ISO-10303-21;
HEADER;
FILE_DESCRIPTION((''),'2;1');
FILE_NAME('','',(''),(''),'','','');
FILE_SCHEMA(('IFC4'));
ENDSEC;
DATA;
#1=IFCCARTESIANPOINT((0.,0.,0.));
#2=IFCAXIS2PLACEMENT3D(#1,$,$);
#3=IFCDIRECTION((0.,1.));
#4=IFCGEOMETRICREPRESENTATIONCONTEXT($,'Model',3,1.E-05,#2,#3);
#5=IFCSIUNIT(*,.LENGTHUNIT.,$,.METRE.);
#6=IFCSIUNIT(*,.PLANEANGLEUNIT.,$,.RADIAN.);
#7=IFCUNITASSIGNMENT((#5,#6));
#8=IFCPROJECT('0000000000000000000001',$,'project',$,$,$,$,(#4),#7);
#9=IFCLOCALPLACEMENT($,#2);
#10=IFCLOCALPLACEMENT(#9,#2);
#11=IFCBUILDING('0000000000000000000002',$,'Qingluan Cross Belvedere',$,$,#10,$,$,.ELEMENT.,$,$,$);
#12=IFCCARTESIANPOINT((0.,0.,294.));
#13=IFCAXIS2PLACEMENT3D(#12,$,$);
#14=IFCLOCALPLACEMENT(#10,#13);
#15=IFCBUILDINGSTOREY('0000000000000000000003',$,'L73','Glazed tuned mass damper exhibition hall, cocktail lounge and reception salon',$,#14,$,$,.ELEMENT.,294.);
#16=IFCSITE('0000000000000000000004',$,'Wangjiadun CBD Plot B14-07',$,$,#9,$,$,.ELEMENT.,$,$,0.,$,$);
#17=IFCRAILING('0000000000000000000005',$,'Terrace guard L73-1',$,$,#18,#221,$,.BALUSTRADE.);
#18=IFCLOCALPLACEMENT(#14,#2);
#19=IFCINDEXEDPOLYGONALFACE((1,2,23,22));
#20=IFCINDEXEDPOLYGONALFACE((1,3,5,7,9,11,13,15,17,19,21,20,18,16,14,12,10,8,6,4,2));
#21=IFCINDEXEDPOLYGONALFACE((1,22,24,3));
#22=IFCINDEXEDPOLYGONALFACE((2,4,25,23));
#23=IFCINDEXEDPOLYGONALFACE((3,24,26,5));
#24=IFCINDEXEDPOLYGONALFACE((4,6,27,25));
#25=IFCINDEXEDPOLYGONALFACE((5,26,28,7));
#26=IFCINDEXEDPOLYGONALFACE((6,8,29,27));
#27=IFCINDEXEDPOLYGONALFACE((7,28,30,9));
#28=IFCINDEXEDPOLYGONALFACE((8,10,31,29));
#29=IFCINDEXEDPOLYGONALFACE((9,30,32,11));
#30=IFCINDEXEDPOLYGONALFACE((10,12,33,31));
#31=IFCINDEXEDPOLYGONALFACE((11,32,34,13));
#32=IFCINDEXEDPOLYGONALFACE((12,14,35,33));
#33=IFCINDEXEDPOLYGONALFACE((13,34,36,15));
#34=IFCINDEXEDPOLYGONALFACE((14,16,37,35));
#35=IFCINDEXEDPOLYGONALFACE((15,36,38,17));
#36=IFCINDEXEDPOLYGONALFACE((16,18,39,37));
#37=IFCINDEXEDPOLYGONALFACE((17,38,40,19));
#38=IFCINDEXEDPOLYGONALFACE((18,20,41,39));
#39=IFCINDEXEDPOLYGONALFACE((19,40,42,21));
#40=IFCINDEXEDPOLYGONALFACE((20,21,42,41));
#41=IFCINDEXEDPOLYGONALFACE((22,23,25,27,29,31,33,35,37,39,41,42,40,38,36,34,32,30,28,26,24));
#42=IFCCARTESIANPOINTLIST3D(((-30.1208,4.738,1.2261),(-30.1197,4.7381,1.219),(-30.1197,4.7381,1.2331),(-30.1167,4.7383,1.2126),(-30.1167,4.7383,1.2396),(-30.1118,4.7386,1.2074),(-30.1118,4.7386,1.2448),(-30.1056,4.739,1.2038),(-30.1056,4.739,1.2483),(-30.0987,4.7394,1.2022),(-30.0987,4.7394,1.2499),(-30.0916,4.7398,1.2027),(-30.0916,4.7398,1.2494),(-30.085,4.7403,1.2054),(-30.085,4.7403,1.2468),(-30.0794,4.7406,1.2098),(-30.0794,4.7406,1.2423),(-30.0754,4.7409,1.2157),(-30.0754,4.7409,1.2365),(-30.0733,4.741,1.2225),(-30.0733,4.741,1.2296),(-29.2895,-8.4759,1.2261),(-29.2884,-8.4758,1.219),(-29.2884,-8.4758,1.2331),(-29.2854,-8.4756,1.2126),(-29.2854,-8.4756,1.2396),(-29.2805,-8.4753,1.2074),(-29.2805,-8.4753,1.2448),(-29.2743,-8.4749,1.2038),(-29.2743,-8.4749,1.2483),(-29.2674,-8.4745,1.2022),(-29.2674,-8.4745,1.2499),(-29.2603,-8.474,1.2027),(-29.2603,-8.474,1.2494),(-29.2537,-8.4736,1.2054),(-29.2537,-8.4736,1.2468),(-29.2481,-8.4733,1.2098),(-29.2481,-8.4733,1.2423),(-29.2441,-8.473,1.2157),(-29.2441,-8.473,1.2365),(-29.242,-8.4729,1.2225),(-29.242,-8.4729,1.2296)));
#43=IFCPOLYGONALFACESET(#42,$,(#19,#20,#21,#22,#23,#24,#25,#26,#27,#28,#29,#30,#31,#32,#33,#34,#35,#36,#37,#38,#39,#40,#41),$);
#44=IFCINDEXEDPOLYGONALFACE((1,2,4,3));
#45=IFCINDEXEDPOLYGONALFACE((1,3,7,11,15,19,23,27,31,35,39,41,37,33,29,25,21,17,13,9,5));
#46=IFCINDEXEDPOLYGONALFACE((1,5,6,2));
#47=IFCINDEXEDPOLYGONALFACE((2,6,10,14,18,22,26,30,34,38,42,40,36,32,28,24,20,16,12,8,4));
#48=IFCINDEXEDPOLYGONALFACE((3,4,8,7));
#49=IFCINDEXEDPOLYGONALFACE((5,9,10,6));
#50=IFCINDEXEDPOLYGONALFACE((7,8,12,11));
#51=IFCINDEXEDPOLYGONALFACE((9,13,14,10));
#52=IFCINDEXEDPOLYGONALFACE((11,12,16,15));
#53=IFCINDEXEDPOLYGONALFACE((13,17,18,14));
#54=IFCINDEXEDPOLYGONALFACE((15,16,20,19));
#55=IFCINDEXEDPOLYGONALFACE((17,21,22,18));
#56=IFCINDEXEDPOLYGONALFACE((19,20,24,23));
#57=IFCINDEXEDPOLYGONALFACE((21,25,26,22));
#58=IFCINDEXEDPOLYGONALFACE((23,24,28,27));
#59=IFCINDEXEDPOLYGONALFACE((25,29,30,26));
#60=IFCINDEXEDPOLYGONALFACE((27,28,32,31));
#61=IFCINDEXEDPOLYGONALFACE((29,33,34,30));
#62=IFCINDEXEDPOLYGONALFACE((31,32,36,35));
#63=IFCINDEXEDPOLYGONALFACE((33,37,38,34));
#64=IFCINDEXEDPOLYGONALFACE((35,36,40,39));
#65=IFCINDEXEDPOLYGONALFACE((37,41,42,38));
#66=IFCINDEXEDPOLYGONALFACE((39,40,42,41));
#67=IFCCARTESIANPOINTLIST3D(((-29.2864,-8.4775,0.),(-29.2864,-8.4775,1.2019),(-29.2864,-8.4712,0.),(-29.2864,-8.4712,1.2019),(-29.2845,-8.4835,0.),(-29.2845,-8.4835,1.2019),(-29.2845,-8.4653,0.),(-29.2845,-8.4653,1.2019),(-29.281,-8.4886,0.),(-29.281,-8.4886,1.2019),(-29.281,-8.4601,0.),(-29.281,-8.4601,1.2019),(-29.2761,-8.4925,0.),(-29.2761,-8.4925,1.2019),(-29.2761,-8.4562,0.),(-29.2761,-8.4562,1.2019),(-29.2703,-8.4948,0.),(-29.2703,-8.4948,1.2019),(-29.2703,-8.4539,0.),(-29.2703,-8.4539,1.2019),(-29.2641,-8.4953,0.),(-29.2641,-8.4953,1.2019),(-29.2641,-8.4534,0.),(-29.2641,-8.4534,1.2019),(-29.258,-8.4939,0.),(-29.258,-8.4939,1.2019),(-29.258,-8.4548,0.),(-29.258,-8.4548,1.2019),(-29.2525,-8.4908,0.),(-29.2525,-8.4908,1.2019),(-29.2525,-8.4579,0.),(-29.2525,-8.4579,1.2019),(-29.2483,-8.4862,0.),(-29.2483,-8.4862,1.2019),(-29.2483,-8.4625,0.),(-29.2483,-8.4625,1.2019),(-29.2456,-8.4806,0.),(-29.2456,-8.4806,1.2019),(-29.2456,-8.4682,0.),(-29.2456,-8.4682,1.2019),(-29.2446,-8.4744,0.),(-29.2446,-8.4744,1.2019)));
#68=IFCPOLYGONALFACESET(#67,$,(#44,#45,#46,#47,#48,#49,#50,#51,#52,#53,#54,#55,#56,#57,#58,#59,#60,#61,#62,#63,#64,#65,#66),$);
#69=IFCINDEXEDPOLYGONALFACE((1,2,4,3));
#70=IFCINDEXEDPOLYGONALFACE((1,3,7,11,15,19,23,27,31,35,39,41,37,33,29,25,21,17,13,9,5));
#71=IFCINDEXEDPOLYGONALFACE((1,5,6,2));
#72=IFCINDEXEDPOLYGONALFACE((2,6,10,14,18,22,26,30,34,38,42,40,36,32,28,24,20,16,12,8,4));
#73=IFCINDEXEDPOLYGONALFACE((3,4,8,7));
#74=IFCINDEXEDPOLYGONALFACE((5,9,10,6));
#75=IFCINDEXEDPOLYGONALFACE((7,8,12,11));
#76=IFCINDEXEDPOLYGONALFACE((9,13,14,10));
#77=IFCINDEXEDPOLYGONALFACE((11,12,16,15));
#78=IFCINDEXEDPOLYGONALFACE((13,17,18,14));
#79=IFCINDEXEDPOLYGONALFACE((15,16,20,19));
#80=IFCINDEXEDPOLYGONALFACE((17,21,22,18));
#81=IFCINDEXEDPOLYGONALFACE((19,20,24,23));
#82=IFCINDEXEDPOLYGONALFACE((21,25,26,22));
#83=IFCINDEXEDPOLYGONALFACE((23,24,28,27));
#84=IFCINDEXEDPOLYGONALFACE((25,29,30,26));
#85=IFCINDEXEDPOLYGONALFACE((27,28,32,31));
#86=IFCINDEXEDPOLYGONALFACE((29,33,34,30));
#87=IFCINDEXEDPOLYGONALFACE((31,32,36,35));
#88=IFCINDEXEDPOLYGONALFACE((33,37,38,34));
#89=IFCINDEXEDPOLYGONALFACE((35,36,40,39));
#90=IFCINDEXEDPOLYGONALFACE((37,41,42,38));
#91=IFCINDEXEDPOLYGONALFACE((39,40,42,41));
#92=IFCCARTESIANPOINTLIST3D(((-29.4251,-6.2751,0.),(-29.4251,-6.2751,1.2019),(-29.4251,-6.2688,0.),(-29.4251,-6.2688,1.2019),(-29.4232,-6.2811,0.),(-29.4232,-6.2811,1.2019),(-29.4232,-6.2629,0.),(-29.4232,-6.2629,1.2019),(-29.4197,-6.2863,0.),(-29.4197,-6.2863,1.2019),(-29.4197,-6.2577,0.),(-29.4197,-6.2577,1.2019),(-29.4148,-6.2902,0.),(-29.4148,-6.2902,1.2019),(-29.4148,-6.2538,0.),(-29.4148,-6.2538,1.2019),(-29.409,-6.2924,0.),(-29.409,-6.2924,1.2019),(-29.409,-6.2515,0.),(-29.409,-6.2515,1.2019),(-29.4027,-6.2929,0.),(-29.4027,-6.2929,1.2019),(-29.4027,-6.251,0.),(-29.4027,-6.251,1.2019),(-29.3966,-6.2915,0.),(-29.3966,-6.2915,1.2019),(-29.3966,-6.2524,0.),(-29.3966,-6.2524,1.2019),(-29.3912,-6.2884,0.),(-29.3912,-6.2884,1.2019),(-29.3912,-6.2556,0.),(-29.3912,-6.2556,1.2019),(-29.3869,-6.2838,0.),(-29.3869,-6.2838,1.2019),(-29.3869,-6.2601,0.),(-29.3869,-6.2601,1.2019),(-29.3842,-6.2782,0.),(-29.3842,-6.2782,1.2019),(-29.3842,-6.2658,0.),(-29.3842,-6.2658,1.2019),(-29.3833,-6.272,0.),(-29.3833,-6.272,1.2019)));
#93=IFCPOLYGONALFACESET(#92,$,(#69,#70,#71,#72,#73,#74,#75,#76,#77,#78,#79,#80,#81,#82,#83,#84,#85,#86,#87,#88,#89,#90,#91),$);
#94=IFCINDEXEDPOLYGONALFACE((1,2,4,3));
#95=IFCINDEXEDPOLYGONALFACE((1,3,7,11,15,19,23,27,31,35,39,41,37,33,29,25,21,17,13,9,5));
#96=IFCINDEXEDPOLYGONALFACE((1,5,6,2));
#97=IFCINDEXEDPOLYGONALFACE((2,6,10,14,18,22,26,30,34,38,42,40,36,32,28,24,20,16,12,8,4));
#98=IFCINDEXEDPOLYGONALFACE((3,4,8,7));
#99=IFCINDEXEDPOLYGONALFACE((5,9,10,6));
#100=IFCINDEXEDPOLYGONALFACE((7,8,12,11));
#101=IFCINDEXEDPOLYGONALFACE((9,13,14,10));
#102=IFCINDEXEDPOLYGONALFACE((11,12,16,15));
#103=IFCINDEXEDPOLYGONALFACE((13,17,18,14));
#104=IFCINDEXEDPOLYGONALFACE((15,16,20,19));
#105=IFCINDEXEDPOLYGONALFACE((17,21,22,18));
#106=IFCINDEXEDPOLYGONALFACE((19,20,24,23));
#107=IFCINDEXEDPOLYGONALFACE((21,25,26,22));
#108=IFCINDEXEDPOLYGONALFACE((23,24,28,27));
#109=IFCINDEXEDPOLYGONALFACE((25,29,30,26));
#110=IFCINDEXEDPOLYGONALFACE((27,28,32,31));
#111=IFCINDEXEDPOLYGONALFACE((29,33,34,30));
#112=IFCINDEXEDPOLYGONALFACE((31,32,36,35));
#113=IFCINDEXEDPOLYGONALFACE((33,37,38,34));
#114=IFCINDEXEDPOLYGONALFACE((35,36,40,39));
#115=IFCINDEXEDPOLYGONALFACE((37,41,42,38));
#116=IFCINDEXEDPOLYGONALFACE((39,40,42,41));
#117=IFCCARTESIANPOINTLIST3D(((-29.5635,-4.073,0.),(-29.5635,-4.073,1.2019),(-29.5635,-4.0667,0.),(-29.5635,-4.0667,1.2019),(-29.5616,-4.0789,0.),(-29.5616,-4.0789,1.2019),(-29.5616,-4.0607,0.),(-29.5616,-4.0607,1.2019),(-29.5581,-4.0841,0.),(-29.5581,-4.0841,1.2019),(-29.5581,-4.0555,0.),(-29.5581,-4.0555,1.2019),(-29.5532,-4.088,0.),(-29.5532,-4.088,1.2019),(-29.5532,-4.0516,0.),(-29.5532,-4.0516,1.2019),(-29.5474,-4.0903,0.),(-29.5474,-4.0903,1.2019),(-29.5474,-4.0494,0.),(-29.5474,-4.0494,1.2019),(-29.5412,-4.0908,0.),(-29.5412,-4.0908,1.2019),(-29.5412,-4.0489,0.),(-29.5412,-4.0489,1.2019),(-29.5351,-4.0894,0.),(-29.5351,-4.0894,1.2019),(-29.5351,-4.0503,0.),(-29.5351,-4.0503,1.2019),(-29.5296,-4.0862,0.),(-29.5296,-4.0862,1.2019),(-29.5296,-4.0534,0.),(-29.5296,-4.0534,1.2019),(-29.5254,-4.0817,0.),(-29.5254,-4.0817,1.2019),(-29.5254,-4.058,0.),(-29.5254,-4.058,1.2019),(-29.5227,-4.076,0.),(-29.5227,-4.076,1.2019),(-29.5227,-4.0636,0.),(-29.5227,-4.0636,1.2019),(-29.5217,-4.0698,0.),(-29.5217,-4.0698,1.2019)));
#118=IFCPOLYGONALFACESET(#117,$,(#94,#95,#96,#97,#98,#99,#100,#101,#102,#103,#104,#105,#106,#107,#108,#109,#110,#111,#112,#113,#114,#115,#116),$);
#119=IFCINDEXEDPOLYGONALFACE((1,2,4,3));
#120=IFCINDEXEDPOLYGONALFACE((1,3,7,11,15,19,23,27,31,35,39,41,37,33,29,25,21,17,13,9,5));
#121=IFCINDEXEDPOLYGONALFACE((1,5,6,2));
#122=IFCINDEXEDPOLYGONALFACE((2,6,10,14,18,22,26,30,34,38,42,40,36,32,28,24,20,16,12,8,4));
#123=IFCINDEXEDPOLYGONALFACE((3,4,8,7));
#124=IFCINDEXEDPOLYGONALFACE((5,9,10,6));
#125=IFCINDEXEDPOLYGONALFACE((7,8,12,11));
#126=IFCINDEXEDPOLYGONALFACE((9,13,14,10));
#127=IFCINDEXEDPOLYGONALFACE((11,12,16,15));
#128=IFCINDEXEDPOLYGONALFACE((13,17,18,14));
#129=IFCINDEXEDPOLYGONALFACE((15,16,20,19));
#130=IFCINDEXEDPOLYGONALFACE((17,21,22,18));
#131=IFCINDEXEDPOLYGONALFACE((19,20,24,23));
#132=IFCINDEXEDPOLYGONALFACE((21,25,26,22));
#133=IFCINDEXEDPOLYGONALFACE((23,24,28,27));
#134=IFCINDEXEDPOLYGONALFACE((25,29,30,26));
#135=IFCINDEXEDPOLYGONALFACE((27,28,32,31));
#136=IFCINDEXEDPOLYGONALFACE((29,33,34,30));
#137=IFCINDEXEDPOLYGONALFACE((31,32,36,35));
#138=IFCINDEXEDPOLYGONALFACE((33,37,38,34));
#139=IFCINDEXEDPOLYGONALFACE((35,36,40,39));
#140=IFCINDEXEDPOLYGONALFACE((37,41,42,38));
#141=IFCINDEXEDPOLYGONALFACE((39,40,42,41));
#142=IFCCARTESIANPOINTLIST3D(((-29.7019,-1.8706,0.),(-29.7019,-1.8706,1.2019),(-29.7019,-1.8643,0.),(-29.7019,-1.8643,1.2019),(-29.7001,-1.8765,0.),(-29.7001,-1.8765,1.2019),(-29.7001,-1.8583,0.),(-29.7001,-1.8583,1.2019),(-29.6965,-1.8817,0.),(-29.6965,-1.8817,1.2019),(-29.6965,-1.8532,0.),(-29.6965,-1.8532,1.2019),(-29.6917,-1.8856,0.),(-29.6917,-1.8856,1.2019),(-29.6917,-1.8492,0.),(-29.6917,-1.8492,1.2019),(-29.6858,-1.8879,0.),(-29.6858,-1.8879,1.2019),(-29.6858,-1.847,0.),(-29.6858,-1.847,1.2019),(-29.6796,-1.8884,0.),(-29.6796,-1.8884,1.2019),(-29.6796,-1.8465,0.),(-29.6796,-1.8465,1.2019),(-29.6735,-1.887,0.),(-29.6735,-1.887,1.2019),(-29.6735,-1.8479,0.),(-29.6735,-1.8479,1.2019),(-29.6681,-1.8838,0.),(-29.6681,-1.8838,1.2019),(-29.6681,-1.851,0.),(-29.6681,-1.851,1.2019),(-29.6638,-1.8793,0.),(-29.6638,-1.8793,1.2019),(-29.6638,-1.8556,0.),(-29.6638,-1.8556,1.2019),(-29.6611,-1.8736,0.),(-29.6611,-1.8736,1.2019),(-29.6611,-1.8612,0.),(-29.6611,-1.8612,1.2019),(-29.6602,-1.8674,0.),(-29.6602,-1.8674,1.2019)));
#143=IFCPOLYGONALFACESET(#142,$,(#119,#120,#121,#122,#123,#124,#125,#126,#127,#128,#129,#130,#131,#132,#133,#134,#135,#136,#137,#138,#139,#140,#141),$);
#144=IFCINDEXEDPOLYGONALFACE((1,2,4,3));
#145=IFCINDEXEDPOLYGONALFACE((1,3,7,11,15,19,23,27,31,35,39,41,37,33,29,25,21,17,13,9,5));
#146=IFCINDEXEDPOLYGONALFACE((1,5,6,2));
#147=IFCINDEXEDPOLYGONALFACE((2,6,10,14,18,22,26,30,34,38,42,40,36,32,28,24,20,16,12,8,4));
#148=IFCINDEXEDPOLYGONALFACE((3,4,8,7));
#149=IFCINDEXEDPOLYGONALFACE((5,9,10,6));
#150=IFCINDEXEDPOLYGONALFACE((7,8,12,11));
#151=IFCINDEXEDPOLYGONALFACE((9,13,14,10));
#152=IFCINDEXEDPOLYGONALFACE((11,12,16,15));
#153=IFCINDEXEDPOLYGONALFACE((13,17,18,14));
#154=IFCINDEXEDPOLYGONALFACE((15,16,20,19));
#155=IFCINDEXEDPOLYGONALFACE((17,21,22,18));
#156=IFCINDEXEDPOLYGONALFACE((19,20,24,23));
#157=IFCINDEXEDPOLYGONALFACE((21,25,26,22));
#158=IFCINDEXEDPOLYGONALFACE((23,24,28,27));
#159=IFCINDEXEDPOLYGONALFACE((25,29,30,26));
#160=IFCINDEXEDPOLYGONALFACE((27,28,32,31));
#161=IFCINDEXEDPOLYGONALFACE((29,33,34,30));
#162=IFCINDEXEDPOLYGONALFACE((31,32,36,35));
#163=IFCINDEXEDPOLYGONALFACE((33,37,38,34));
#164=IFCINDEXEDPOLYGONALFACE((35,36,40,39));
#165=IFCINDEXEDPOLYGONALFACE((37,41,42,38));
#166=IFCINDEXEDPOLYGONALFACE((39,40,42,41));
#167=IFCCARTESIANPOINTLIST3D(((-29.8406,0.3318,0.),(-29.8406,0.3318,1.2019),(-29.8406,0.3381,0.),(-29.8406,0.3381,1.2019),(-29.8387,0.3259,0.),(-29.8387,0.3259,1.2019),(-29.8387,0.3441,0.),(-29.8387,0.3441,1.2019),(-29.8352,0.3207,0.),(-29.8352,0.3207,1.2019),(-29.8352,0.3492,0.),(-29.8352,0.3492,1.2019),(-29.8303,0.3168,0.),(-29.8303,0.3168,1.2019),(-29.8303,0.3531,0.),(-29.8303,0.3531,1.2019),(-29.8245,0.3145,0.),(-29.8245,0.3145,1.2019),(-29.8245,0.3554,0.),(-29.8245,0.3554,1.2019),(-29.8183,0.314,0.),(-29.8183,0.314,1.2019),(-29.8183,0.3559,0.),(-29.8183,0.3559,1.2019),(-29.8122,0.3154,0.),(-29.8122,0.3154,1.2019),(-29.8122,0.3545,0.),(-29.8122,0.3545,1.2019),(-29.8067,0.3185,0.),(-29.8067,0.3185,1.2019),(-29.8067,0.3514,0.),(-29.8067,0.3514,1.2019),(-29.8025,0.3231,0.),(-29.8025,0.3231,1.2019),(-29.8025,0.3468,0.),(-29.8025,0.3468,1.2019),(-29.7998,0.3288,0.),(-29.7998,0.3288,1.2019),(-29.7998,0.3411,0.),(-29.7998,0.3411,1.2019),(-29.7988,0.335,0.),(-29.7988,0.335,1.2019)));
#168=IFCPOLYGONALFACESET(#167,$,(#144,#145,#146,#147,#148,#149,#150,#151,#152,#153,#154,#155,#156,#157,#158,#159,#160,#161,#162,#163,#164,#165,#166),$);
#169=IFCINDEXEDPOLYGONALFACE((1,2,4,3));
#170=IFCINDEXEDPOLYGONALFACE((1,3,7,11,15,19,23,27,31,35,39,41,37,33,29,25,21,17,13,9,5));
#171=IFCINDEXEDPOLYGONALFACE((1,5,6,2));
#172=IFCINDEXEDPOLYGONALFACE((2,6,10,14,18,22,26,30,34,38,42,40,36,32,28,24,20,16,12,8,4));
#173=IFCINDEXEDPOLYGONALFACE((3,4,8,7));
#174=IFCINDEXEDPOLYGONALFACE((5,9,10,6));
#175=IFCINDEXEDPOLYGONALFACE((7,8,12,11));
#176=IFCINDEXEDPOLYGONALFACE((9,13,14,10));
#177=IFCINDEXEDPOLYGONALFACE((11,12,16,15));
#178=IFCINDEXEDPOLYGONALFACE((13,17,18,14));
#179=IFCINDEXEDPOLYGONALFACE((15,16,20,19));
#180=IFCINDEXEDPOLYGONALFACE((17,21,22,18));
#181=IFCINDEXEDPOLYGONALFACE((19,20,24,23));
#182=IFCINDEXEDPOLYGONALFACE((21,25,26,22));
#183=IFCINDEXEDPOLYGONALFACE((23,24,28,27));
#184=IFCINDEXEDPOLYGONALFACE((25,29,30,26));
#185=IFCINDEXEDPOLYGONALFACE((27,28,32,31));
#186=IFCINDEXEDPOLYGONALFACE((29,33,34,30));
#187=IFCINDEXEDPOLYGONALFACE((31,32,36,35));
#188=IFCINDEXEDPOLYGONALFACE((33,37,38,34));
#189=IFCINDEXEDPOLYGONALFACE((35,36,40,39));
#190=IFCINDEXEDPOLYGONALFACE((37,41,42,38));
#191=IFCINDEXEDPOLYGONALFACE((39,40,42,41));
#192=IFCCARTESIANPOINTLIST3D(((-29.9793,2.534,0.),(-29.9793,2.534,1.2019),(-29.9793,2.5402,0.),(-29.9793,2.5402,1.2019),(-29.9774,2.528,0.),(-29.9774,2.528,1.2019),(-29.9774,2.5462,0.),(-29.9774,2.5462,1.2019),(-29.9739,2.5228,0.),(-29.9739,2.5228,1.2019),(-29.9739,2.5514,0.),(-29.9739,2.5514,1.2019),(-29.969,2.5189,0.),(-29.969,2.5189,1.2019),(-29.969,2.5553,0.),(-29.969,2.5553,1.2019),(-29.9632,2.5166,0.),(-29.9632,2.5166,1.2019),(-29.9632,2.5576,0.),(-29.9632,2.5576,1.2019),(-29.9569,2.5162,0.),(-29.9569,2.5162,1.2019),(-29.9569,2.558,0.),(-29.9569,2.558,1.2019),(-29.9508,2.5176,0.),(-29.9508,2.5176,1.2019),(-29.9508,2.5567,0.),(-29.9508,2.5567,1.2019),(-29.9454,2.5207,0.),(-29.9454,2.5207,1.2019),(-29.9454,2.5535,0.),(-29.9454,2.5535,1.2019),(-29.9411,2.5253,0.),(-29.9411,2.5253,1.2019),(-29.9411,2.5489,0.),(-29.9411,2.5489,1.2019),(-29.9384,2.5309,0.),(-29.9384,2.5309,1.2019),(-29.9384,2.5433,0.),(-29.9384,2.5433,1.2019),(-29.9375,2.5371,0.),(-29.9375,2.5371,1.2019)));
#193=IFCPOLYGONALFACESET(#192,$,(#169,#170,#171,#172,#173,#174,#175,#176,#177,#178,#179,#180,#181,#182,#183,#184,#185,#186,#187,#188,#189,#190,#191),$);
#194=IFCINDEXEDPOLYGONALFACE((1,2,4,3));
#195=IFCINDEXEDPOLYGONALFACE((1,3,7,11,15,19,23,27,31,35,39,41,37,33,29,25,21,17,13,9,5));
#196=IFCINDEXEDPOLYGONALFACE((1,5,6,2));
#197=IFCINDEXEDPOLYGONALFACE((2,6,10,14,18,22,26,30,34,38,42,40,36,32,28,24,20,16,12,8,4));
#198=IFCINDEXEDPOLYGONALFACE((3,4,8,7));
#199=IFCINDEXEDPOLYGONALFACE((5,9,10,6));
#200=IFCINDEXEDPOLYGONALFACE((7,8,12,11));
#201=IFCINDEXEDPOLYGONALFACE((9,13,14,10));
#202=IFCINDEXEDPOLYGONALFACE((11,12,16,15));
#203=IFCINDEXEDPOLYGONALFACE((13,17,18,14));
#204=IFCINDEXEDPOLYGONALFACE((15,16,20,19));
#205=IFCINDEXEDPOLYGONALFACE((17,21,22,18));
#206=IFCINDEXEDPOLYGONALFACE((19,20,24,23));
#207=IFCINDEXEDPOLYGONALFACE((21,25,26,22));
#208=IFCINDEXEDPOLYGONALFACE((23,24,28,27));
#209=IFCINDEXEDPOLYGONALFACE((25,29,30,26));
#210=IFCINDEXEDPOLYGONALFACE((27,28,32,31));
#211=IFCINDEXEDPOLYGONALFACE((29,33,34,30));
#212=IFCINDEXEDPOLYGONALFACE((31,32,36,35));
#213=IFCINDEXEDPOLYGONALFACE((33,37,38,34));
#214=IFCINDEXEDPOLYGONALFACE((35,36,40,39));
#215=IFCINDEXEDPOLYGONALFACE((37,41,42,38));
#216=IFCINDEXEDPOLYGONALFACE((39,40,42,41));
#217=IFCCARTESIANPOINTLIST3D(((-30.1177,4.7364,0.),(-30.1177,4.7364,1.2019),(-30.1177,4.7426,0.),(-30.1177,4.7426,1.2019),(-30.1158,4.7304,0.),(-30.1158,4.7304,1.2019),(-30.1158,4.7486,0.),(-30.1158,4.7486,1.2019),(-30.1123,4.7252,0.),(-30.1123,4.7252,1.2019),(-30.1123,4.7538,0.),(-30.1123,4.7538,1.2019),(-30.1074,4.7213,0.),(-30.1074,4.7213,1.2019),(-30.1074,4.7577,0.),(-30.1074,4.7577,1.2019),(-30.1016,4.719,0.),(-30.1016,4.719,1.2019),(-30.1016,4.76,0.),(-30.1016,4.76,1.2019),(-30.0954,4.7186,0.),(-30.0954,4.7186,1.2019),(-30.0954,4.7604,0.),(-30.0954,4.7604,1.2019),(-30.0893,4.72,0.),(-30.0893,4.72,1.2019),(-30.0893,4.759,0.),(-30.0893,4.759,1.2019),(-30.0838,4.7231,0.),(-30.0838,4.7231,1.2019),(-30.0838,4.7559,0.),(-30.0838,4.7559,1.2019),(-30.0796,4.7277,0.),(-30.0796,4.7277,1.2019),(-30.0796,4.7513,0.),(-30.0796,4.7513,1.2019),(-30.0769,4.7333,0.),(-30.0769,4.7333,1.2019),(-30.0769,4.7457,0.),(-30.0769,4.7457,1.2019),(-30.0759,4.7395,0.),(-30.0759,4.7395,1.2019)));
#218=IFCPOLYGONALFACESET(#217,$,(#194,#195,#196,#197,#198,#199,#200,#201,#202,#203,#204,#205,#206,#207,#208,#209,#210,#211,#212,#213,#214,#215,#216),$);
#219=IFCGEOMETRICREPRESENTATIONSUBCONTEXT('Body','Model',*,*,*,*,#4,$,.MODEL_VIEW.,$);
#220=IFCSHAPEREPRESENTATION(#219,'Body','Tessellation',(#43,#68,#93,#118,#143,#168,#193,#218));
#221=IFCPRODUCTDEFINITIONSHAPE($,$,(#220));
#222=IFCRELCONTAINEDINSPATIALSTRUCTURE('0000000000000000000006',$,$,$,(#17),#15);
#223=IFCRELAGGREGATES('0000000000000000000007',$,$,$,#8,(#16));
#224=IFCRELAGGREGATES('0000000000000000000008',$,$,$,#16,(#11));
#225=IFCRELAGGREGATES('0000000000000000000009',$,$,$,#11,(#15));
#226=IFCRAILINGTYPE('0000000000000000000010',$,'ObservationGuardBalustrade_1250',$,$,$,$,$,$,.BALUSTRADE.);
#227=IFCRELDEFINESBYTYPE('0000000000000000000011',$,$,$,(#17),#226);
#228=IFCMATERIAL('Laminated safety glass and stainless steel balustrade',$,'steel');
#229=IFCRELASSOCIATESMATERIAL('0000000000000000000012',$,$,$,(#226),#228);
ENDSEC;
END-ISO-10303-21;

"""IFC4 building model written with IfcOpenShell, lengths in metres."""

from ifc_helpers import new_model, si_unit, direction, frame, origin, origin_2d, place, context, subcontext, project, spatial, circle, extrude, material, type_object, element, save


model = new_model("IFC4")

# Units and contexts
model_context = context("Model", 3, precision=1e-05, world=origin(), true_north=direction((0.0, 1.0)))
body_context = subcontext(model_context, "Body", "Model", "MODEL_VIEW")
ifc_project = project(units=[si_unit("LENGTHUNIT", "METRE"), si_unit("PLANEANGLEUNIT", "RADIAN")], contexts=[model_context])

# Site, building, storey
site_placement = place(None, origin())
site = spatial("IfcSite", under=ifc_project, at=site_placement, Name="Wangjiadun CBD Plot B14-07", CompositionType="ELEMENT", RefElevation=0.0)
building_placement = place(site_placement, origin())
building = spatial("IfcBuilding", under=site, at=building_placement, Name="Qingluan Cross Belvedere", CompositionType="ELEMENT")
storey_placement = place(building_placement, frame((0.0, 0.0, 294.0)))
storey = spatial("IfcBuildingStorey", under=building, at=storey_placement, Name="L73", Description="Glazed tuned mass damper exhibition hall, cocktail lounge and reception salon", CompositionType="ELEMENT", Elevation=294.0)

# Railing
ifc_material_1 = material(Name="Laminated safety glass and stainless steel balustrade", Category="steel")
railing_type = type_object("IfcRailingType", Name="ObservationGuardBalustrade_1250", PredefinedType="BALUSTRADE", material=ifc_material_1)
railing_placement = place(storey_placement, frame((-29.2656, -8.4744, 0.0)))
element("IfcRailing", 1, at=railing_placement, inside=storey, type_object=railing_type, Name="Terrace guard L73-1", PredefinedType="BALUSTRADE", context=body_context, shape_type="SweptSolid", body=[
    extrude(circle(Radius=0.0239, at=origin_2d()), frame((0.0, 0.0, 1.2261), z_axis=(-0.062787, 0.998027, 0.0), x_axis=(-0.998027, -0.062787, 0.0)), (0.0, 0.0, 1.0), 13.24),
    extrude(circle(Radius=0.021, at=origin_2d()), origin(), (0.0, 0.0, 1.0), 1.2019),
    extrude(circle(Radius=0.021, at=origin_2d()), frame((-0.1387, 2.2024, 0.0)), (0.0, 0.0, 1.0), 1.2019),
    extrude(circle(Radius=0.021, at=origin_2d()), frame((-0.2771, 4.4045, 0.0)), (0.0, 0.0, 1.0), 1.2019),
    extrude(circle(Radius=0.021, at=origin_2d()), frame((-0.4155, 6.6069, 0.0)), (0.0, 0.0, 1.0), 1.2019),
    extrude(circle(Radius=0.021, at=origin_2d()), frame((-0.5542, 8.8093, 0.0)), (0.0, 0.0, 1.0), 1.2019),
    extrude(circle(Radius=0.021, at=origin_2d()), frame((-0.6929, 11.0115, 0.0)), (0.0, 0.0, 1.0), 1.2019),
    extrude(circle(Radius=0.021, at=origin_2d()), frame((-0.8313, 13.2139, 0.0)), (0.0, 0.0, 1.0), 1.2019),
])

save(model, "model.ifc")
